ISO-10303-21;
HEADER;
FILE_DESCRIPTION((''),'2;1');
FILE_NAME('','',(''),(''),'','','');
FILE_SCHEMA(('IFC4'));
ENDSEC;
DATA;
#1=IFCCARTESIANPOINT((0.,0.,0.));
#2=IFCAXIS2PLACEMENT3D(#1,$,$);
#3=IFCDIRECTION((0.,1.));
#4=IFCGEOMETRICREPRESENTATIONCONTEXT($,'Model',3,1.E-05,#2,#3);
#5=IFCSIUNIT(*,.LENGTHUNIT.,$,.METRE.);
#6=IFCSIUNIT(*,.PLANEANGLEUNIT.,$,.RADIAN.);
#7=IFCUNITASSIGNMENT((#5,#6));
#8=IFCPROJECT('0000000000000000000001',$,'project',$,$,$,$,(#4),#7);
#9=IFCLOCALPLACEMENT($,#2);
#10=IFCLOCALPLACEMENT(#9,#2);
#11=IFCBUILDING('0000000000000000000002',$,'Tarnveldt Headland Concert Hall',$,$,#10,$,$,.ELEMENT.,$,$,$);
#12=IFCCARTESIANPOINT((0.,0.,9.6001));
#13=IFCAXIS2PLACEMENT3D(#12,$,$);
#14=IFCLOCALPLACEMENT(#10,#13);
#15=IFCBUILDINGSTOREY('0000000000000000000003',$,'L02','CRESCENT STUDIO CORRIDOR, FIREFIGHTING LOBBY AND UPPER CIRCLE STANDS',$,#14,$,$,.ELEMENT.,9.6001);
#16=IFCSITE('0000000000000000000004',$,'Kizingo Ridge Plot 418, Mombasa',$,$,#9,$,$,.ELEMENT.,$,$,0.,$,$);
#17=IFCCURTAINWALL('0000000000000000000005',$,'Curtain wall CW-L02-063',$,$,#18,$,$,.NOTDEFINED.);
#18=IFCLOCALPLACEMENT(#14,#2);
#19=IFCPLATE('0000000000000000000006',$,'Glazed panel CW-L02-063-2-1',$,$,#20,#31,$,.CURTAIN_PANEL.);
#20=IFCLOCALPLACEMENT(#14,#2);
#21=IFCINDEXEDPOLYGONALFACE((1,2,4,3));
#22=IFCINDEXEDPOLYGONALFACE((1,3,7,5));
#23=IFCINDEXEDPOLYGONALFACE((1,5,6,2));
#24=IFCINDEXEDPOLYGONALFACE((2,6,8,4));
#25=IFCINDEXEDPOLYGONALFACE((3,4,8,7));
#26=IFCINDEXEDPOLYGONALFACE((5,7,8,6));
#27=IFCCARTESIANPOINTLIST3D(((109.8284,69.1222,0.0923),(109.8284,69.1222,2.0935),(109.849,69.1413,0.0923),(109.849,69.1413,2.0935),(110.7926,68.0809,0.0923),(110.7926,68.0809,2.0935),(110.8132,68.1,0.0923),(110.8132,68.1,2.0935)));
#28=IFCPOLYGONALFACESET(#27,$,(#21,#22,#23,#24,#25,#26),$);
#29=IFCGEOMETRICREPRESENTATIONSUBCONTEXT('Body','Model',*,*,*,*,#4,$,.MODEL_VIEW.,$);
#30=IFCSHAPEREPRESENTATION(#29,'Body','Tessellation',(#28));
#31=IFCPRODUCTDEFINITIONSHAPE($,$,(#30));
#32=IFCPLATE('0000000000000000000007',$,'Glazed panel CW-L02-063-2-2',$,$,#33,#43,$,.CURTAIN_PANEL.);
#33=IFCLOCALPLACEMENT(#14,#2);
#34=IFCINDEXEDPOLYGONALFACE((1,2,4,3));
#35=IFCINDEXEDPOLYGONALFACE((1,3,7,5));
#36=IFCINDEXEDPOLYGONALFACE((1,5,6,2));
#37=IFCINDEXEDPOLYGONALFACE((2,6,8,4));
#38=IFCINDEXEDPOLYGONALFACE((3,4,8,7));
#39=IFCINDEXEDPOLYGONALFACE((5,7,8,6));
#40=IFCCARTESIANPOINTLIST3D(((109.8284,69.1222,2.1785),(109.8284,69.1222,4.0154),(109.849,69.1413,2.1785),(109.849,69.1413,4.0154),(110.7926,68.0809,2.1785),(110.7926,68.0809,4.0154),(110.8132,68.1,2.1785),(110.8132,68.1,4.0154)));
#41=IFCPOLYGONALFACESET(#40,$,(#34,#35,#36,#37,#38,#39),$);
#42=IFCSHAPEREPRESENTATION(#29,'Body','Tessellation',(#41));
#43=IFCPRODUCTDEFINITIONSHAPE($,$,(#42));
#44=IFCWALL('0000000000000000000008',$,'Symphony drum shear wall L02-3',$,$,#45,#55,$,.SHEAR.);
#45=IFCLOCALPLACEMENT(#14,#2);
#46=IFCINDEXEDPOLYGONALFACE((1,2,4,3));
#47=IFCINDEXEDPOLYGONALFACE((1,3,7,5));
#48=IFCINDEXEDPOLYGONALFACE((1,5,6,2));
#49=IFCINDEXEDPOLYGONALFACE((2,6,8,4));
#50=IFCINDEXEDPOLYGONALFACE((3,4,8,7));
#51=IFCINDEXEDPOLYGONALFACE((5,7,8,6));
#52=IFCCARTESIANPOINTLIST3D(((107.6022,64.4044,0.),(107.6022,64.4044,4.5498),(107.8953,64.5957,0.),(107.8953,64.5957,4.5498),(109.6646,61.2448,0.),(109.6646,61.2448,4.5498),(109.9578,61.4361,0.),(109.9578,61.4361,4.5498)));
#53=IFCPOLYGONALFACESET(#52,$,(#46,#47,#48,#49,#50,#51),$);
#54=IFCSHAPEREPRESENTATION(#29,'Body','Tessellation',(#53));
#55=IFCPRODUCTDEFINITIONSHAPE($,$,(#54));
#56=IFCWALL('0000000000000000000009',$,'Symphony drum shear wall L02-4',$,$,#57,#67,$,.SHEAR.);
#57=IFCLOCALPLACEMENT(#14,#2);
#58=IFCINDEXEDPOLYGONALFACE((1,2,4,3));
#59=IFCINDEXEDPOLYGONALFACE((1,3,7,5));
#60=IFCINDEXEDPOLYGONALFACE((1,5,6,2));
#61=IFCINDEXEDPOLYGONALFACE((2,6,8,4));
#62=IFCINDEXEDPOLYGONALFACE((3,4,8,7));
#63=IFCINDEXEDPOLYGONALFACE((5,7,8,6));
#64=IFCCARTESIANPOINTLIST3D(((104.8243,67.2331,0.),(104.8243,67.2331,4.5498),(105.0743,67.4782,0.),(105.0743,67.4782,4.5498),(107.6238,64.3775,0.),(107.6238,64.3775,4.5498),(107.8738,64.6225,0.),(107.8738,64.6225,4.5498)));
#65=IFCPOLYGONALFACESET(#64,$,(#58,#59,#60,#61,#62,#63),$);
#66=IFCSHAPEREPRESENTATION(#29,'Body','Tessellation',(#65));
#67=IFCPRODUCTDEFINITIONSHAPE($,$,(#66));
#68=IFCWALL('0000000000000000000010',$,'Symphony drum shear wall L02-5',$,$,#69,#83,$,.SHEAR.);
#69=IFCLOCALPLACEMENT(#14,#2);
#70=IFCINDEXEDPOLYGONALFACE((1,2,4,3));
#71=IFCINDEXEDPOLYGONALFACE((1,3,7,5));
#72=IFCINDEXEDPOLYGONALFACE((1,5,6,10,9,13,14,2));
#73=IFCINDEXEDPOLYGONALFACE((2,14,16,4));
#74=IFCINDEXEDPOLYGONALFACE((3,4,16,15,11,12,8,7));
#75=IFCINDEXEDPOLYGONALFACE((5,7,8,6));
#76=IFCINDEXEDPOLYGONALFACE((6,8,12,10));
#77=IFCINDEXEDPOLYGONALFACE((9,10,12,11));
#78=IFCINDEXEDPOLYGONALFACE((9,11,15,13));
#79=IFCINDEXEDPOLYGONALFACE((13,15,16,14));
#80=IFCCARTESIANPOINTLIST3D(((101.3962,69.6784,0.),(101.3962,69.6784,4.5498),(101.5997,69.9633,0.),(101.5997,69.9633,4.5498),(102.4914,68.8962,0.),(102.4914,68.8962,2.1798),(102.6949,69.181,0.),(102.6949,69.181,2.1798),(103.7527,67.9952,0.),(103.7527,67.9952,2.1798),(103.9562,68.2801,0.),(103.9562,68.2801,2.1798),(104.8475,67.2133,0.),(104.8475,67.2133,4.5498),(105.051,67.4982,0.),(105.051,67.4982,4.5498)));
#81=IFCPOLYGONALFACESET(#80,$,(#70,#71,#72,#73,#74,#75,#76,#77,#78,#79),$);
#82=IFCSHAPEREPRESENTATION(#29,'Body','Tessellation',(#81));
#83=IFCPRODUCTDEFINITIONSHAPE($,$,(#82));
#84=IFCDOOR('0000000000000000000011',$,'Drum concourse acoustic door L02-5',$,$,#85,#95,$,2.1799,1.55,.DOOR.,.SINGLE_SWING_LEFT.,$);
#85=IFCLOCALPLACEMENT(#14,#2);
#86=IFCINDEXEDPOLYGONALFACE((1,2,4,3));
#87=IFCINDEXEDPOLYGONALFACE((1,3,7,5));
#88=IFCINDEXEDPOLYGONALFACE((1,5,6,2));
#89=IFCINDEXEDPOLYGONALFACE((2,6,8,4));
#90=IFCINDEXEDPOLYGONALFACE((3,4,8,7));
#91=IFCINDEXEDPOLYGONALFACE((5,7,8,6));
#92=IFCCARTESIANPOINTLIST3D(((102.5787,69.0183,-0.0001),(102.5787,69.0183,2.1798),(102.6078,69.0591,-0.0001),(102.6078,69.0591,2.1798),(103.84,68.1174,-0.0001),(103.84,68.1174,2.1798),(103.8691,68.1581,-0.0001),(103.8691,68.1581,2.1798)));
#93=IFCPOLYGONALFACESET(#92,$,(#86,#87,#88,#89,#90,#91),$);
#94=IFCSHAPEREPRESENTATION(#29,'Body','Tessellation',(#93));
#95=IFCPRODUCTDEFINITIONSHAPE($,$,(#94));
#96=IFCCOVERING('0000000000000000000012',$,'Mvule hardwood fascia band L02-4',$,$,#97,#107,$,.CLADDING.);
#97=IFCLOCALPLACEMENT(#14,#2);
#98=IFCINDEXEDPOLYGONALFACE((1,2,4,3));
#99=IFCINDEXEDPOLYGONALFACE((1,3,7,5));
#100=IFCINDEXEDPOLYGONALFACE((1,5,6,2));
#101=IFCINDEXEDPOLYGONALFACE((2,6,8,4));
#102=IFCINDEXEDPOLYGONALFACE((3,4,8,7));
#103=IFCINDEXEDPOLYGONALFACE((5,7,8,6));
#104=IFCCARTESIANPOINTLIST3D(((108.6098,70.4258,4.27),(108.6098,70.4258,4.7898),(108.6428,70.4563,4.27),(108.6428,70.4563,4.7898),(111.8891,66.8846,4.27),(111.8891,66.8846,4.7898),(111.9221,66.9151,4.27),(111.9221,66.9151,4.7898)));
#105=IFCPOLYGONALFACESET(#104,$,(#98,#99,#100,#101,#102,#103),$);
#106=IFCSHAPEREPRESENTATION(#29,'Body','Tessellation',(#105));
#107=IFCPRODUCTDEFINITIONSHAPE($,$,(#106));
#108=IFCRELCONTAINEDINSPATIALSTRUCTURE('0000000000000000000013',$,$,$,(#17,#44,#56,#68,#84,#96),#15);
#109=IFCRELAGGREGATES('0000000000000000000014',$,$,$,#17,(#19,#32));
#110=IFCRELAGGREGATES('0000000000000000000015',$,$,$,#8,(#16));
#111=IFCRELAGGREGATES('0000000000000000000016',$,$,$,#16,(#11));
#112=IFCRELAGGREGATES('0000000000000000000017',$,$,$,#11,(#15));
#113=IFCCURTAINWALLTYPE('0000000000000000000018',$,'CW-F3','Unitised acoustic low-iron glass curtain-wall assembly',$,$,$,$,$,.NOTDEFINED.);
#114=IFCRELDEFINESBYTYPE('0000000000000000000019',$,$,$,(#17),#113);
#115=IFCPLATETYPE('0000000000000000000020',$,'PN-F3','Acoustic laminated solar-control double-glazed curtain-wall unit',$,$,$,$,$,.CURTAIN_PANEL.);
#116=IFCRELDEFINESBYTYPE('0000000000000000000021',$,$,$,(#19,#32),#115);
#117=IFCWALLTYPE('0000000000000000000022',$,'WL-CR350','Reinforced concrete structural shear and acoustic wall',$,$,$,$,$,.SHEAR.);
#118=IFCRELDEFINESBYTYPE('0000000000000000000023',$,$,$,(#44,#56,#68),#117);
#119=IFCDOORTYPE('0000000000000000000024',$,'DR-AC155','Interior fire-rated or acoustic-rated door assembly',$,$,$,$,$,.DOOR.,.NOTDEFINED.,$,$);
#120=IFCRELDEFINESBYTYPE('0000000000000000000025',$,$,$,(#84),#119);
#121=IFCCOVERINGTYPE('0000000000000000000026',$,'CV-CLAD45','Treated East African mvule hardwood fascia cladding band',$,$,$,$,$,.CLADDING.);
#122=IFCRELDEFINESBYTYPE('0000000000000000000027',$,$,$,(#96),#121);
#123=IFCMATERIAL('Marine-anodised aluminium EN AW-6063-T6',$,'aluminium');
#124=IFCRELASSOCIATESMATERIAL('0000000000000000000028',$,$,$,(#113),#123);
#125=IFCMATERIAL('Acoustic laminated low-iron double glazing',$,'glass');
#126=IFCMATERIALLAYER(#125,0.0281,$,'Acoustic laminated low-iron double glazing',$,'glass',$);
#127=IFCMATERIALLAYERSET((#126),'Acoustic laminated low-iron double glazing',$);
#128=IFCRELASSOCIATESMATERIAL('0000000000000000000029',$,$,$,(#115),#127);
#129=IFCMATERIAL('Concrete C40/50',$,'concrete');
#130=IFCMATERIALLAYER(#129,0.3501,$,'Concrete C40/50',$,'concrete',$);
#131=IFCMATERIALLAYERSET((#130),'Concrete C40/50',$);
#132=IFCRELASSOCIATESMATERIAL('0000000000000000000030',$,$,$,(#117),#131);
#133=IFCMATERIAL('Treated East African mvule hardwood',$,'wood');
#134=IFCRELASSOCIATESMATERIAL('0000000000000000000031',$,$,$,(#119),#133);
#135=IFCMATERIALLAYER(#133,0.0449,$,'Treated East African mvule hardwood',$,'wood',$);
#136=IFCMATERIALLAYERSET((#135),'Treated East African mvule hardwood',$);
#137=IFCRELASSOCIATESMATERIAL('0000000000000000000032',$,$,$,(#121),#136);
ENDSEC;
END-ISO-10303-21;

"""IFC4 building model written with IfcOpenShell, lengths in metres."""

from ifc_helpers import new_model, si_unit, direction, frame, frame_2d, origin, origin_2d, place, context, subcontext, project, spatial, rectangle, extrude, material, layer, layer_set, type_object, element, fill, aggregate, save


model = new_model("IFC4")

# Units and contexts
model_context = context("Model", 3, precision=1e-05, world=origin(), true_north=direction((0.0, 1.0)))
body_context = subcontext(model_context, "Body", "Model", "MODEL_VIEW")
ifc_project = project(units=[si_unit("LENGTHUNIT", "METRE"), si_unit("PLANEANGLEUNIT", "RADIAN")], contexts=[model_context])

# Site, building, storey
site_placement = place(None, origin())
site = spatial("IfcSite", under=ifc_project, at=site_placement, Name="Kizingo Ridge Plot 418, Mombasa", CompositionType="ELEMENT", RefElevation=0.0)
building_placement = place(site_placement, origin())
building = spatial("IfcBuilding", under=site, at=building_placement, Name="Tarnveldt Headland Concert Hall", CompositionType="ELEMENT")
storey_placement = place(building_placement, frame((0.0, 0.0, 9.6001)))
storey = spatial("IfcBuildingStorey", under=building, at=storey_placement, Name="L02", Description="CRESCENT STUDIO CORRIDOR, FIREFIGHTING LOBBY AND UPPER CIRCLE STANDS", CompositionType="ELEMENT", Elevation=9.6001)

# Shared definitions
ifc_material_1 = material(Name="Concrete C40/50", Category="concrete")

# Shared definitions
ifc_material_2 = material(Name="Marine-anodised aluminium EN AW-6063-T6", Category="aluminium")
curtain_wall_type = type_object("IfcCurtainWallType", Name="CW-F3", Description="Unitised acoustic low-iron glass curtain-wall assembly", PredefinedType="NOTDEFINED", material=ifc_material_2)

# Curtain wall
curtain_wall_1_placement = place(storey_placement, origin())
curtain_wall_1 = element("IfcCurtainWall", 1, at=curtain_wall_1_placement, inside=storey, type_object=curtain_wall_type, Name="Curtain wall CW-L02-063", PredefinedType="NOTDEFINED")

# Plates
ifc_material_3 = material(Name="Acoustic laminated low-iron double glazing", Category="glass")
ifc_layer_1 = layer(ifc_material_3, 0.0281, Name="Acoustic laminated low-iron double glazing", Category="glass")
ifc_layer_set_1 = layer_set([ifc_layer_1], Name="Acoustic laminated low-iron double glazing")
plate_type = type_object("IfcPlateType", Name="PN-F3", Description="Acoustic laminated solar-control double-glazed curtain-wall unit", PredefinedType="CURTAIN_PANEL", material=ifc_layer_set_1)
plate_1_placement = place(storey_placement, frame((110.3208, 68.6111, 0.0923), z_axis=(0.0, 0.0, 1.0), x_axis=(-0.679467, 0.733706, 0.0)))
plate_1 = element("IfcPlate", 2, at=plate_1_placement, type_object=plate_type, Name="Glazed panel CW-L02-063-2-1", PredefinedType="CURTAIN_PANEL", context=body_context, shape_type="SweptSolid", body=[
    extrude(rectangle(XDim=1.4192, YDim=0.0281, at=origin_2d()), origin(), (0.0, 0.0, 1.0), 2.0012),
])
plate_2_placement = place(storey_placement, frame((110.3208, 68.6111, 2.1785), z_axis=(0.0, 0.0, 1.0), x_axis=(-0.679467, 0.733706, 0.0)))
plate_2 = element("IfcPlate", 3, at=plate_2_placement, type_object=plate_type, Name="Glazed panel CW-L02-063-2-2", PredefinedType="CURTAIN_PANEL", context=body_context, shape_type="SweptSolid", body=[
    extrude(rectangle(XDim=1.4192, YDim=0.0281, at=origin_2d()), origin(), (0.0, 0.0, 1.0), 1.8369),
])
aggregate(curtain_wall_1, [plate_1, plate_2])

# Walls
ifc_layer_2 = layer(ifc_material_1, 0.3501, Name="Concrete C40/50", Category="concrete")
ifc_layer_set_2 = layer_set([ifc_layer_2], Name="Concrete C40/50")
wall_type = type_object("IfcWallType", Name="WL-CR350", Description="Reinforced concrete structural shear and acoustic wall", PredefinedType="SHEAR", material=ifc_layer_set_2)
wall_1_placement = place(storey_placement, frame((109.8113, 61.3403, 0.0), z_axis=(0.0, 0.0, 1.0), x_axis=(-0.546611, 0.837387, 0.0)))
element("IfcWall", 4, at=wall_1_placement, inside=storey, type_object=wall_type, Name="Symphony drum shear wall L02-3", PredefinedType="SHEAR", context=body_context, shape_type="SweptSolid", body=[
    extrude(rectangle(XDim=3.7732, YDim=0.3501, at=frame_2d((1.8867, 0.0))), origin(), (0.0, 0.0, 1.0), 4.5498),
])
wall_2_placement = place(storey_placement, frame((107.7488, 64.5, 0.0), z_axis=(0.0, 0.0, 1.0), x_axis=(-0.700051, 0.714093, 0.0)))
element("IfcWall", 5, at=wall_2_placement, inside=storey, type_object=wall_type, Name="Symphony drum shear wall L02-4", PredefinedType="SHEAR", context=body_context, shape_type="SweptSolid", body=[
    extrude(rectangle(XDim=3.999, YDim=0.3501, at=frame_2d((1.9995, 0.0))), origin(), (0.0, 0.0, 1.0), 4.5498),
])

# Wall, opening, door
wall_3_placement = place(storey_placement, frame((104.9492, 67.3557, 0.0), z_axis=(0.0, 0.0, 1.0), x_axis=(-0.813737, 0.581233, 0.0)))
wall_3 = element("IfcWall", 6, at=wall_3_placement, inside=storey, type_object=wall_type, Name="Symphony drum shear wall L02-5", PredefinedType="SHEAR", context=body_context, shape_type="SweptSolid", body=[
    extrude(rectangle(XDim=4.2412, YDim=0.3501, at=frame_2d((2.1206, 0.0))), origin(), (0.0, 0.0, 1.0), 4.5498),
])
opening_placement = place(wall_3_placement, frame((1.3455, 0.0, 0.0)))
opening = element("IfcOpeningElement", 7, at=opening_placement, cuts=wall_3, PredefinedType="OPENING", context=body_context, shape_type="SweptSolid", body=[
    extrude(rectangle(XDim=1.55, YDim=2.1799, at=frame_2d((0.7749, 1.0898))), frame((0.0, 0.1851, 0.0), z_axis=(0.0, -1.0, 0.0), x_axis=(1.0, 0.0, 0.0)), (0.0, 0.0, 1.0), 0.3701),
])
ifc_material_4 = material(Name="Treated East African mvule hardwood", Category="wood")
door_type = type_object("IfcDoorType", Name="DR-AC155", Description="Interior fire-rated or acoustic-rated door assembly", OperationType="NOTDEFINED", PredefinedType="DOOR", material=ifc_material_4)
door_placement = place(opening_placement, origin())
door = element("IfcDoor", 8, at=door_placement, inside=storey, type_object=door_type, Name="Drum concourse acoustic door L02-5", OperationType="SINGLE_SWING_LEFT", OverallHeight=2.1799, OverallWidth=1.55, PredefinedType="DOOR", context=body_context, shape_type="SweptSolid", body=[
    extrude(rectangle(XDim=1.55, YDim=2.1799, at=frame_2d((0.7749, 1.0898))), frame((0.0, 0.0249, 0.0), z_axis=(0.0, -1.0, 0.0), x_axis=(1.0, 0.0, 0.0)), (0.0, 0.0, 1.0), 0.05),
])
fill(opening, door)

# Covering
ifc_layer_3 = layer(ifc_material_4, 0.0449, Name="Treated East African mvule hardwood", Category="wood")
ifc_layer_set_3 = layer_set([ifc_layer_3], Name="Treated East African mvule hardwood")
covering_type = type_object("IfcCoveringType", Name="CV-CLAD45", Description="Treated East African mvule hardwood fascia cladding band", PredefinedType="CLADDING", material=ifc_layer_set_3)
covering_placement = place(storey_placement, frame((111.9055, 66.8999, 4.27), z_axis=(0.0, 0.0, 1.0), x_axis=(-0.679447, 0.733724, 0.0)))
element("IfcCovering", 9, at=covering_placement, inside=storey, type_object=covering_type, Name="Mvule hardwood fascia band L02-4", PredefinedType="CLADDING", context=body_context, shape_type="SweptSolid", body=[
    extrude(rectangle(XDim=4.8264, YDim=0.0449, at=frame_2d((2.4131, 0.0))), origin(), (0.0, 0.0, 1.0), 0.5198),
])

save(model, "model.ifc")
